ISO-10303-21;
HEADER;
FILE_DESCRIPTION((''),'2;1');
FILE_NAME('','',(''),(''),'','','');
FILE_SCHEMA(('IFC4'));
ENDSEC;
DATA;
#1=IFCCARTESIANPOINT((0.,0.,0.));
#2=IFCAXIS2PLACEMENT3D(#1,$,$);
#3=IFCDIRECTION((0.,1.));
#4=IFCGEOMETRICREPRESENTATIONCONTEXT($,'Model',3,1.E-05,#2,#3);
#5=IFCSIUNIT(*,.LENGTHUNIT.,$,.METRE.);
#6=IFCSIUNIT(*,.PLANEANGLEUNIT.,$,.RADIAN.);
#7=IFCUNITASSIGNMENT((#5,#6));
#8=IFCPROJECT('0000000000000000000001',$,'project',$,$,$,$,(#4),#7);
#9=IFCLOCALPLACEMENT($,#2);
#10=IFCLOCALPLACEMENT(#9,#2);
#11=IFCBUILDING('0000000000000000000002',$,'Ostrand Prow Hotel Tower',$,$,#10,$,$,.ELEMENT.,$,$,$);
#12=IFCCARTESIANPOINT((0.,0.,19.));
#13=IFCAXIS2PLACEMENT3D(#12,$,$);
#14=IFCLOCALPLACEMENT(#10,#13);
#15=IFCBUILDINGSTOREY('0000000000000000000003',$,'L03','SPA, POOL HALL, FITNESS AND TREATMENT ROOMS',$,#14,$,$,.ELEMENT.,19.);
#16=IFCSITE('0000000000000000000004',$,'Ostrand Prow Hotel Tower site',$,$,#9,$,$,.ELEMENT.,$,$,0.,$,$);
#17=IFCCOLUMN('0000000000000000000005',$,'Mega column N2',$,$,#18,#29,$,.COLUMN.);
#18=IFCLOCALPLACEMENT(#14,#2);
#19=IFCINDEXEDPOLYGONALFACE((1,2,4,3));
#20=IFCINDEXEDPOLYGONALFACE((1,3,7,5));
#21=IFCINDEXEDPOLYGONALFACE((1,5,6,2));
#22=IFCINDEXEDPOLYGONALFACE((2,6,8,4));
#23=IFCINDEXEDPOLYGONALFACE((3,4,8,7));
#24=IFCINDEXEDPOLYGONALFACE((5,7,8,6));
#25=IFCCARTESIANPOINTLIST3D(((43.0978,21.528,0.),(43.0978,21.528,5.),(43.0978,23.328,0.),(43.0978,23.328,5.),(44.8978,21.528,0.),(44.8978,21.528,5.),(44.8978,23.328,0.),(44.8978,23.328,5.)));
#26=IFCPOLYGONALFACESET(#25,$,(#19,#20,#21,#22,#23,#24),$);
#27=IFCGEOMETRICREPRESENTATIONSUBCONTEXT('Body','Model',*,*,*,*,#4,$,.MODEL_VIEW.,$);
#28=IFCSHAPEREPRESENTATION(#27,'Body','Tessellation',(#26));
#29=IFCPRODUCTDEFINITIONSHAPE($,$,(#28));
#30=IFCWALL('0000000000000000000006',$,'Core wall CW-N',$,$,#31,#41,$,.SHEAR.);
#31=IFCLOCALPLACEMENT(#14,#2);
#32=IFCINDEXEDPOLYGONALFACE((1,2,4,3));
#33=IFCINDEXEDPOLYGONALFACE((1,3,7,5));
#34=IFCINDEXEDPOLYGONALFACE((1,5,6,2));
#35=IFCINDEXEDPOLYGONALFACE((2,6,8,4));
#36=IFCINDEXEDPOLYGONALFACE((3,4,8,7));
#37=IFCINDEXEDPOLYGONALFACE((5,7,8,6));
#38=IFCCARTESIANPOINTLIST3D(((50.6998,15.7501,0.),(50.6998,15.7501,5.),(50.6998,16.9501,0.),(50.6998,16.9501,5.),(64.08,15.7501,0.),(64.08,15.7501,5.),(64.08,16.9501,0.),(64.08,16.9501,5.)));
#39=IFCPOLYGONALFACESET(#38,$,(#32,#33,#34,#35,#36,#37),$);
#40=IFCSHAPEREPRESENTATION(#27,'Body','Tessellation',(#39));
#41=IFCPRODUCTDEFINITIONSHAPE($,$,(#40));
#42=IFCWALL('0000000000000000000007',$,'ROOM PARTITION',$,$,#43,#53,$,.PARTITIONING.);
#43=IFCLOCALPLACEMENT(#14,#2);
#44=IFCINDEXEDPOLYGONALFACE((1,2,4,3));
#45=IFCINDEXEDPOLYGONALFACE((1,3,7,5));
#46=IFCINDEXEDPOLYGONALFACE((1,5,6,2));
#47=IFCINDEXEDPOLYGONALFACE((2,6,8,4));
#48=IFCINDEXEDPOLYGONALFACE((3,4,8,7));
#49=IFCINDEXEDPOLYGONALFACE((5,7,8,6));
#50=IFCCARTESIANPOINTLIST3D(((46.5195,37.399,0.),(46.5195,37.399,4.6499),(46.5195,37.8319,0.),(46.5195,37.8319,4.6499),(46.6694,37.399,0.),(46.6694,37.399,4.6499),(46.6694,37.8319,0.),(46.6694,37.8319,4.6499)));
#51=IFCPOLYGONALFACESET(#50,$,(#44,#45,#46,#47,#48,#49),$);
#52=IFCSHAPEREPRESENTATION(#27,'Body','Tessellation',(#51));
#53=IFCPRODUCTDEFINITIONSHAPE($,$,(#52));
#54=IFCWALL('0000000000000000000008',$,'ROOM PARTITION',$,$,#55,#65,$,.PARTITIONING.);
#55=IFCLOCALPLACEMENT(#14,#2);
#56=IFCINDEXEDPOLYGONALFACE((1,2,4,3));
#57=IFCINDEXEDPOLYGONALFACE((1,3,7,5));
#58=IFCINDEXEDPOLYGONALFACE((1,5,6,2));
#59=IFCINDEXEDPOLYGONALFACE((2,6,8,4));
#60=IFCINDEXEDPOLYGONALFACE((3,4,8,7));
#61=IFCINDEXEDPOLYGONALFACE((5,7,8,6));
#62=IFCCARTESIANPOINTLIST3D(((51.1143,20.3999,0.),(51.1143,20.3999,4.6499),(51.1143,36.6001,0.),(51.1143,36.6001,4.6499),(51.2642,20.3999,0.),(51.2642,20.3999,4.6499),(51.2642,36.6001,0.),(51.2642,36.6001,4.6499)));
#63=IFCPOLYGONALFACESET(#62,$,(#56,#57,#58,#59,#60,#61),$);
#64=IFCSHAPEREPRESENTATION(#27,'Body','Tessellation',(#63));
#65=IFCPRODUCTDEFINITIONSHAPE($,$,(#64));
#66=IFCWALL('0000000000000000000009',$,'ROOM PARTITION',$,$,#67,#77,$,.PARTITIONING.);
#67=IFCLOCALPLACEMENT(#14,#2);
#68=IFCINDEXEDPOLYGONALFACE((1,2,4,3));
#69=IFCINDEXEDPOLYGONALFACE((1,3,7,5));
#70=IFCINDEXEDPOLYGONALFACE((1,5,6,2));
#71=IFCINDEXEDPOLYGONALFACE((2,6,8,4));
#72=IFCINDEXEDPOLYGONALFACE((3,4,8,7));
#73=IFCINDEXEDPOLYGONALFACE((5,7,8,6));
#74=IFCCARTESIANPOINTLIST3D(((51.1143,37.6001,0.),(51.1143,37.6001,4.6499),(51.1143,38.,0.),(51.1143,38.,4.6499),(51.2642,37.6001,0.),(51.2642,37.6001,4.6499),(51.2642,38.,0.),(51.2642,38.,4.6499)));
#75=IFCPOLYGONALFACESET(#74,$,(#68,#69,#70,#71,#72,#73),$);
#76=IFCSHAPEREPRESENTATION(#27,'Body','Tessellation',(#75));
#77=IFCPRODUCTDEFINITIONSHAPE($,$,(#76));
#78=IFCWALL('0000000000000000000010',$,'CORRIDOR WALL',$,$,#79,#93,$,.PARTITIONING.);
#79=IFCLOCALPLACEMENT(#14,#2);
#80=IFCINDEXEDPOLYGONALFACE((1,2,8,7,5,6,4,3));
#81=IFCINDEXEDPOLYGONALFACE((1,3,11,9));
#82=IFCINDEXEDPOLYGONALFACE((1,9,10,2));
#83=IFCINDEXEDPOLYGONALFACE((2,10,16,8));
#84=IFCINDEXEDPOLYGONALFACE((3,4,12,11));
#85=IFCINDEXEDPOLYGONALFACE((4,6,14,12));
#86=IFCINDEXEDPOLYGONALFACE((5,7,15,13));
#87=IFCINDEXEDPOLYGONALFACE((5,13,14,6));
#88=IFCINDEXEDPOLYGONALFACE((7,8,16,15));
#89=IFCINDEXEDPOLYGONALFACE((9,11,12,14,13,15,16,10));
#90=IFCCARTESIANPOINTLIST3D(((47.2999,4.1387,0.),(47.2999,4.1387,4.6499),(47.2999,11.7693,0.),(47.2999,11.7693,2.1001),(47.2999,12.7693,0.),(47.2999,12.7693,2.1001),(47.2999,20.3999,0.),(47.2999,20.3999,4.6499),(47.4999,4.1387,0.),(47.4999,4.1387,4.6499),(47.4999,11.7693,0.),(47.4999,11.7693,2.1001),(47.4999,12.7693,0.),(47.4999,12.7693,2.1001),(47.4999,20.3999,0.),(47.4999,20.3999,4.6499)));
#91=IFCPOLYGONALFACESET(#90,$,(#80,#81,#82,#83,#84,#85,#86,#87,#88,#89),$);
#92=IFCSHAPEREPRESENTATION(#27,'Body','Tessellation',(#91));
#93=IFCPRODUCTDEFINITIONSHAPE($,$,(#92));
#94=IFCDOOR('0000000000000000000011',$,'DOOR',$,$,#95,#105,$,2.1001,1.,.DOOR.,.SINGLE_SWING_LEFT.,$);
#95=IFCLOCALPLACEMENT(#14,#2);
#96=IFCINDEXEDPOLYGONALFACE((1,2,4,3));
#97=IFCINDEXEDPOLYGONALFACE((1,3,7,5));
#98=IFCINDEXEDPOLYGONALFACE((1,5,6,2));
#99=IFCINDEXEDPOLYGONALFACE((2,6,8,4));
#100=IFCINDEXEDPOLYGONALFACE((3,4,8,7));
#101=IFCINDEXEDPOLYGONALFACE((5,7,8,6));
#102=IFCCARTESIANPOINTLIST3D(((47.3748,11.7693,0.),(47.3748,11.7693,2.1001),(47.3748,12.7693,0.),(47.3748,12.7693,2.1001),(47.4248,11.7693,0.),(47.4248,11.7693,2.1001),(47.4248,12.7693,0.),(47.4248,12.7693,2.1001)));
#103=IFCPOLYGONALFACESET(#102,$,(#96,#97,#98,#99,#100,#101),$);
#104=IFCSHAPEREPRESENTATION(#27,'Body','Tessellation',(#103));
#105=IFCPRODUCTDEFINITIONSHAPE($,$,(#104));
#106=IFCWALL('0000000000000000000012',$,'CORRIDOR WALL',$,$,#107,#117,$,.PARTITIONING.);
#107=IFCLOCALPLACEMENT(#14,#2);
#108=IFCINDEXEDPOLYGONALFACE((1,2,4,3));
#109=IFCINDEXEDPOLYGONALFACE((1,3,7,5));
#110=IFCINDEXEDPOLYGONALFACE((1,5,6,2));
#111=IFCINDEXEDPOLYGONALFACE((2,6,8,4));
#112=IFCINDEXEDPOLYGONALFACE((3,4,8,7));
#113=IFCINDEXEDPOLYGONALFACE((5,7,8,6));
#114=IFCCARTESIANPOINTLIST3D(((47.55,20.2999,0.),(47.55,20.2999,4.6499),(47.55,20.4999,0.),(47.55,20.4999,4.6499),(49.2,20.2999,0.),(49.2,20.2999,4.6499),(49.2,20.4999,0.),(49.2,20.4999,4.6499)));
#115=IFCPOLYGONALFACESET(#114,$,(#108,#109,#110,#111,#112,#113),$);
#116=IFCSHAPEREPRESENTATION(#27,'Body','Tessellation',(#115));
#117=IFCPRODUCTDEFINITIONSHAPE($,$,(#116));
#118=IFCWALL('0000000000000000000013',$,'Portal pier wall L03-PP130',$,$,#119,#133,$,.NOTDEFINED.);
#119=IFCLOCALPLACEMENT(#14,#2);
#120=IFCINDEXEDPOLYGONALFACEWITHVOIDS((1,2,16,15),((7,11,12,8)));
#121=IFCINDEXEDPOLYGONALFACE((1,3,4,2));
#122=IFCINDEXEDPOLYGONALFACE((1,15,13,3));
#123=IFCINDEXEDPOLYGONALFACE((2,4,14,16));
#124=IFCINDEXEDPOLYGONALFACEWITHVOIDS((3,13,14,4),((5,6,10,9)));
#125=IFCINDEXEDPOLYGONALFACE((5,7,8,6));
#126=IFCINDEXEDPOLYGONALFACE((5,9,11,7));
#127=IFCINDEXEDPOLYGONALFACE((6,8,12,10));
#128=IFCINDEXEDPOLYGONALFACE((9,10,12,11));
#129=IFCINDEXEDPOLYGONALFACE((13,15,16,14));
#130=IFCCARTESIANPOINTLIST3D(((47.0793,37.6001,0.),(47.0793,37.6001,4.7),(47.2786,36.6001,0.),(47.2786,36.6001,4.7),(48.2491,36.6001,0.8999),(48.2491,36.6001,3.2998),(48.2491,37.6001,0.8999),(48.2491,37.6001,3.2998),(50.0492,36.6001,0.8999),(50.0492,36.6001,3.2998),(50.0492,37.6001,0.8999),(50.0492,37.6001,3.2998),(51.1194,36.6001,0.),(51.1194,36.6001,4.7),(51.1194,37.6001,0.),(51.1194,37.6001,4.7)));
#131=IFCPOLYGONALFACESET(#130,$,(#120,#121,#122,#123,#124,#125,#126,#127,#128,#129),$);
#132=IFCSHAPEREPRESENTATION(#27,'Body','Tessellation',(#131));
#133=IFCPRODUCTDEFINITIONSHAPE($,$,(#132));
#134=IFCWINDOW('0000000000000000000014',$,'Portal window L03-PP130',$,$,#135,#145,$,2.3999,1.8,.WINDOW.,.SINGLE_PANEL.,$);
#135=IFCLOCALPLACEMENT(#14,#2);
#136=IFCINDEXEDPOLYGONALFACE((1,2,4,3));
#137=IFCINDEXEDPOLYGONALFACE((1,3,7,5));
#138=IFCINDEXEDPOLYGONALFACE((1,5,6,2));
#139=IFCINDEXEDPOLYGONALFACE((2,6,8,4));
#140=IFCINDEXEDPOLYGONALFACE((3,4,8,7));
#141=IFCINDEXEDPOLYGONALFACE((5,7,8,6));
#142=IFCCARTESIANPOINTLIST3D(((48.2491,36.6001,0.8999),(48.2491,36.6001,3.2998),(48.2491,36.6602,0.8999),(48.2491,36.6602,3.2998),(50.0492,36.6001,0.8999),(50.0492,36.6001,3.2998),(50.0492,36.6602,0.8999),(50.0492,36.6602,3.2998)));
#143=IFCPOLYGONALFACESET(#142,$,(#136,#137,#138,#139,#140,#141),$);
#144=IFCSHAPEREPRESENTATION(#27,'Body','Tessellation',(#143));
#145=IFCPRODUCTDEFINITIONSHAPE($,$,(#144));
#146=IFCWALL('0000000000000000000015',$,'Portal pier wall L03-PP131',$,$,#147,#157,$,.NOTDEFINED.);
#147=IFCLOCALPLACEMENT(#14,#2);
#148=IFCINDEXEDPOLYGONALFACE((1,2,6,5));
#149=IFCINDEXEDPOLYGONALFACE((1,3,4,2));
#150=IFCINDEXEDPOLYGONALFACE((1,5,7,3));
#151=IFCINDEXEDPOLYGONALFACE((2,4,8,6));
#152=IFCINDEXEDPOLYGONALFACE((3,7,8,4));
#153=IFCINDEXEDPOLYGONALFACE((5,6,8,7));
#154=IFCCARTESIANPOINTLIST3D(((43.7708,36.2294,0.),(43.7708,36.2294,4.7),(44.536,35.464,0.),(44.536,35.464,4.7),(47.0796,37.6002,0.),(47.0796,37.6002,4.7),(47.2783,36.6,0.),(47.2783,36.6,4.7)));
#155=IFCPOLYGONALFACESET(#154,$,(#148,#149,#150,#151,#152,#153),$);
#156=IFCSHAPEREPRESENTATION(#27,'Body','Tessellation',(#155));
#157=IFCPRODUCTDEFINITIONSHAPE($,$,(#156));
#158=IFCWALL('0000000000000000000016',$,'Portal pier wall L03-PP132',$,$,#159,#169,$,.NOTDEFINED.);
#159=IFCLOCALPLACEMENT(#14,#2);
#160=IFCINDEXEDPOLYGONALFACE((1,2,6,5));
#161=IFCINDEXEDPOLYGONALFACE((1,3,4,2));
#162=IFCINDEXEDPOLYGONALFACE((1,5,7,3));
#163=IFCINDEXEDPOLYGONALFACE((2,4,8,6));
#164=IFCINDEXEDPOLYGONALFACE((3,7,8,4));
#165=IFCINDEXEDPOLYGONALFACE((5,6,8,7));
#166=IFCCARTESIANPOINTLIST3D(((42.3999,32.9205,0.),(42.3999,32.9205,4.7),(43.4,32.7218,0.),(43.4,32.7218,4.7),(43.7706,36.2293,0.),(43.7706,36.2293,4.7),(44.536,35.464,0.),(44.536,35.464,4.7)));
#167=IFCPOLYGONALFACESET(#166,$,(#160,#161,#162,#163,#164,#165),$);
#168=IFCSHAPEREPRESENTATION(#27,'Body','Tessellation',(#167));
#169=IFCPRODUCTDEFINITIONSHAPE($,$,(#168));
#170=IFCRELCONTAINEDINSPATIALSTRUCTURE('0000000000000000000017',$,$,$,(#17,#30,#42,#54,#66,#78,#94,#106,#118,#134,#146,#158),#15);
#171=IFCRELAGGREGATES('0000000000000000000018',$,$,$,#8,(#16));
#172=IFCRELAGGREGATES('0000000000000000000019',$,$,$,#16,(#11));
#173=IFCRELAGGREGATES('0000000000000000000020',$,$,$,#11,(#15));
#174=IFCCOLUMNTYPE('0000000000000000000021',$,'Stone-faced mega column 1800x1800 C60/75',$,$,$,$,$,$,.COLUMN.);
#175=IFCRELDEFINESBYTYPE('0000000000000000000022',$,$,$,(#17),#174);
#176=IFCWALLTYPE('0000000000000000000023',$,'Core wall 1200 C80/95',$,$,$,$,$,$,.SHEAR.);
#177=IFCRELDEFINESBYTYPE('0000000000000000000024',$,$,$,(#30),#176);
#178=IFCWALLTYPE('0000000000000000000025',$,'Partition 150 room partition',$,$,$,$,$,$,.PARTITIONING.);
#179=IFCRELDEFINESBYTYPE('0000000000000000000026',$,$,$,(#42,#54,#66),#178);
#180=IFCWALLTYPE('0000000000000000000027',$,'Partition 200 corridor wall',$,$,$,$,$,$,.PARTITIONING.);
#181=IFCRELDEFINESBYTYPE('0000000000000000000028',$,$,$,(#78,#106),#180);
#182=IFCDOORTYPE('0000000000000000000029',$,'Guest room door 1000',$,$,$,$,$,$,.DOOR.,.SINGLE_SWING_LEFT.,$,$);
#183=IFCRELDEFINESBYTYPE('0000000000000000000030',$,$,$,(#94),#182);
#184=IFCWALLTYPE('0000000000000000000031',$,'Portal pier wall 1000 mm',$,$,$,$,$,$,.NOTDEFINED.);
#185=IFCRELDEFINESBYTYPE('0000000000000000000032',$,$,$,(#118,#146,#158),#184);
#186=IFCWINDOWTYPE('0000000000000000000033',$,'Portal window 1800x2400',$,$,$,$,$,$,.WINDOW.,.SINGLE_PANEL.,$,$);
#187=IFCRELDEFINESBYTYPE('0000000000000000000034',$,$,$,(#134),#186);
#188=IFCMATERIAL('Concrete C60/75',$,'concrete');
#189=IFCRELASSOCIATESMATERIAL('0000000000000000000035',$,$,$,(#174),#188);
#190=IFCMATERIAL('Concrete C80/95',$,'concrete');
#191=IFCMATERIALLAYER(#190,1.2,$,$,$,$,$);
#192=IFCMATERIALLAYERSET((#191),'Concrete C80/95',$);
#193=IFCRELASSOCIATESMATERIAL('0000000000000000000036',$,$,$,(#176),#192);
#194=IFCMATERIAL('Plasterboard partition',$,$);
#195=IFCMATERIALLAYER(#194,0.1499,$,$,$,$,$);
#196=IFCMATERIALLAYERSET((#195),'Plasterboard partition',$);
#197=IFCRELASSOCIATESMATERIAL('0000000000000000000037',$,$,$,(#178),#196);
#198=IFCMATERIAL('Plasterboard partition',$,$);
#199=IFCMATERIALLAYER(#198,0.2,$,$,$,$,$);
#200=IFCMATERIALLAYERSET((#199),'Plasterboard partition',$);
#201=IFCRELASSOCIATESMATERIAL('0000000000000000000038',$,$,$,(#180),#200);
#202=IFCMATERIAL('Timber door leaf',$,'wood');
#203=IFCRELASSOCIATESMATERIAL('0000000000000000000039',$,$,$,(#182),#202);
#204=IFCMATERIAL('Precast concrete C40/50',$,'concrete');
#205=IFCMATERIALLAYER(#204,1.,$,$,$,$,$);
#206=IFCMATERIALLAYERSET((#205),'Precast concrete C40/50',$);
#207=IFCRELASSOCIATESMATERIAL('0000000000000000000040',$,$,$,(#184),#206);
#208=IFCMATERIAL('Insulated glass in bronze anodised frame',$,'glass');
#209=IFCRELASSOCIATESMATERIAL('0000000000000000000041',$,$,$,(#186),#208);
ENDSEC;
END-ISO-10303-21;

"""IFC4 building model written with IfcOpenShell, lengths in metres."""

from ifc_helpers import new_model, si_unit, direction, frame, frame_2d, origin, origin_2d, place, context, subcontext, project, spatial, polyline, rectangle, outline, extrude, material, layer, layer_set, material_profile, profile_set, type_object, element, fill, save


model = new_model("IFC4")

# Units and contexts
model_context = context("Model", 3, precision=1e-05, world=origin(), true_north=direction((0.0, 1.0)))
body_context = subcontext(model_context, "Body", "Model", "MODEL_VIEW")
ifc_project = project(units=[si_unit("LENGTHUNIT", "METRE"), si_unit("PLANEANGLEUNIT", "RADIAN")], contexts=[model_context])

# Site, building, storey
site_placement = place(None, origin())
site = spatial("IfcSite", under=ifc_project, at=site_placement, Name="Ostrand Prow Hotel Tower site", CompositionType="ELEMENT", RefElevation=0.0)
building_placement = place(site_placement, origin())
building = spatial("IfcBuilding", under=site, at=building_placement, Name="Ostrand Prow Hotel Tower", CompositionType="ELEMENT")
storey_placement = place(building_placement, frame((0.0, 0.0, 19.0)))
storey = spatial("IfcBuildingStorey", under=building, at=storey_placement, Name="L03", Description="SPA, POOL HALL, FITNESS AND TREATMENT ROOMS", CompositionType="ELEMENT", Elevation=19.0)

# Column
ifc_material_1 = material(Name="Concrete C60/75", Category="concrete")
ifc_material_profile = material_profile(ifc_material_1, rectangle(XDim=1.8, YDim=1.8, at=origin_2d()), Name="RC 1800x1800")
ifc_profile_set = profile_set([ifc_material_profile], Name="Concrete C60/75")
column_type = type_object("IfcColumnType", Name="Stone-faced mega column 1800x1800 C60/75", PredefinedType="COLUMN", material=ifc_profile_set)
column_placement = place(storey_placement, frame((43.9978, 22.428, 0.0), z_axis=(0.0, 0.0, 1.0), x_axis=(1.0, 0.0, 0.0)))
element("IfcColumn", 1, at=column_placement, inside=storey, type_object=column_type, Name="Mega column N2", PredefinedType="COLUMN", context=body_context, shape_type="SweptSolid", body=[
    extrude(rectangle(XDim=1.8, YDim=1.8, at=origin_2d()), origin(), (0.0, 0.0, 1.0), 5.0),
])

# Walls
ifc_material_2 = material(Name="Concrete C80/95", Category="concrete")
ifc_layer_1 = layer(ifc_material_2, 1.2)
ifc_layer_set_1 = layer_set([ifc_layer_1], Name="Concrete C80/95")
wall_type_1 = type_object("IfcWallType", Name="Core wall 1200 C80/95", PredefinedType="SHEAR", material=ifc_layer_set_1)
wall_1_placement = place(storey_placement, frame((50.7, 16.3501, 0.0), z_axis=(0.0, 0.0, 1.0), x_axis=(1.0, 0.0, 0.0)))
element("IfcWall", 2, at=wall_1_placement, inside=storey, type_object=wall_type_1, Name="Core wall CW-N", PredefinedType="SHEAR", context=body_context, shape_type="SweptSolid", body=[
    extrude(rectangle(XDim=13.3801, YDim=1.2, at=frame_2d((6.6899, 0.0))), origin(), (0.0, 0.0, 1.0), 5.0),
])
ifc_material_3 = material(Name="Plasterboard partition")
ifc_layer_2 = layer(ifc_material_3, 0.1499)
ifc_layer_set_2 = layer_set([ifc_layer_2], Name="Plasterboard partition")
wall_type_2 = type_object("IfcWallType", Name="Partition 150 room partition", PredefinedType="PARTITIONING", material=ifc_layer_set_2)
wall_2_placement = place(storey_placement, frame((46.5945, 37.3992, 0.0), z_axis=(0.0, 0.0, 1.0), x_axis=(0.0, 1.0, 0.0)))
element("IfcWall", 3, at=wall_2_placement, inside=storey, type_object=wall_type_2, Name="ROOM PARTITION", PredefinedType="PARTITIONING", context=body_context, shape_type="SweptSolid", body=[
    extrude(rectangle(XDim=0.4329, YDim=0.1499, at=frame_2d((0.2163, 0.0))), origin(), (0.0, 0.0, 1.0), 4.6499),
])
wall_3_placement = place(storey_placement, frame((51.1892, 20.3999, 0.0), z_axis=(0.0, 0.0, 1.0), x_axis=(0.0, 1.0, 0.0)))
element("IfcWall", 4, at=wall_3_placement, inside=storey, type_object=wall_type_2, Name="ROOM PARTITION", PredefinedType="PARTITIONING", context=body_context, shape_type="SweptSolid", body=[
    extrude(rectangle(XDim=16.2002, YDim=0.1499, at=frame_2d((8.1001, 0.0))), origin(), (0.0, 0.0, 1.0), 4.6499),
])
wall_4_placement = place(storey_placement, frame((51.1892, 37.6001, 0.0), z_axis=(0.0, 0.0, 1.0), x_axis=(0.0, 1.0, 0.0)))
element("IfcWall", 5, at=wall_4_placement, inside=storey, type_object=wall_type_2, Name="ROOM PARTITION", PredefinedType="PARTITIONING", context=body_context, shape_type="SweptSolid", body=[
    extrude(rectangle(XDim=0.3999, YDim=0.1499, at=frame_2d((0.2, 0.0))), origin(), (0.0, 0.0, 1.0), 4.6499),
])

# Wall, opening, door
ifc_material_4 = material(Name="Plasterboard partition")
ifc_layer_3 = layer(ifc_material_4, 0.2)
ifc_layer_set_3 = layer_set([ifc_layer_3], Name="Plasterboard partition")
wall_type_3 = type_object("IfcWallType", Name="Partition 200 corridor wall", PredefinedType="PARTITIONING", material=ifc_layer_set_3)
wall_5_placement = place(storey_placement, frame((47.3999, 20.3999, 0.0), z_axis=(0.0, 0.0, 1.0), x_axis=(0.0, -1.0, 0.0)))
wall_5 = element("IfcWall", 6, at=wall_5_placement, inside=storey, type_object=wall_type_3, Name="CORRIDOR WALL", PredefinedType="PARTITIONING", context=body_context, shape_type="SweptSolid", body=[
    extrude(rectangle(XDim=16.2612, YDim=0.2, at=frame_2d((8.1306, 0.0))), origin(), (0.0, 0.0, 1.0), 4.6499),
])
opening_1_placement = place(wall_5_placement, frame((7.6306, 0.0, 0.0)))
opening_1 = element("IfcOpeningElement", 7, at=opening_1_placement, cuts=wall_5, PredefinedType="OPENING", context=body_context, shape_type="SweptSolid", body=[
    extrude(rectangle(XDim=1.0, YDim=2.1001, at=frame_2d((0.5, 1.05))), frame((0.0, 0.1099, 0.0), z_axis=(0.0, -1.0, 0.0), x_axis=(1.0, 0.0, 0.0)), (0.0, 0.0, 1.0), 0.22),
])
ifc_material_5 = material(Name="Timber door leaf", Category="wood")
door_type = type_object("IfcDoorType", Name="Guest room door 1000", OperationType="SINGLE_SWING_LEFT", PredefinedType="DOOR", material=ifc_material_5)
door_placement = place(opening_1_placement, origin())
door = element("IfcDoor", 8, at=door_placement, inside=storey, type_object=door_type, Name="DOOR", OperationType="SINGLE_SWING_LEFT", OverallHeight=2.1001, OverallWidth=1.0, PredefinedType="DOOR", context=body_context, shape_type="SweptSolid", body=[
    extrude(rectangle(XDim=1.0, YDim=2.1001, at=frame_2d((0.5, 1.05))), frame((0.0, 0.0249, 0.0), z_axis=(0.0, -1.0, 0.0), x_axis=(1.0, 0.0, 0.0)), (0.0, 0.0, 1.0), 0.05),
])
fill(opening_1, door)

# Wall
wall_6_placement = place(storey_placement, frame((47.55, 20.3999, 0.0), z_axis=(0.0, 0.0, 1.0), x_axis=(1.0, 0.0, 0.0)))
element("IfcWall", 9, at=wall_6_placement, inside=storey, type_object=wall_type_3, Name="CORRIDOR WALL", PredefinedType="PARTITIONING", context=body_context, shape_type="SweptSolid", body=[
    extrude(rectangle(XDim=1.6499, YDim=0.2, at=frame_2d((0.825, 0.0))), origin(), (0.0, 0.0, 1.0), 4.6499),
])

# Wall, opening, window
ifc_material_6 = material(Name="Precast concrete C40/50", Category="concrete")
ifc_layer_4 = layer(ifc_material_6, 1.0)
ifc_layer_set_4 = layer_set([ifc_layer_4], Name="Precast concrete C40/50")
wall_type_4 = type_object("IfcWallType", Name="Portal pier wall 1000 mm", PredefinedType="NOTDEFINED", material=ifc_layer_set_4)
wall_7_placement = place(storey_placement, frame((51.1194, 37.1001, 0.0), z_axis=(0.0, 0.0, 1.0), x_axis=(-1.0, 0.0, 0.0)))
wall_7 = element("IfcWall", 10, at=wall_7_placement, inside=storey, type_object=wall_type_4, Name="Portal pier wall L03-PP130", PredefinedType="NOTDEFINED", context=body_context, shape_type="SweptSolid", body=[
    extrude(outline(polyline([(0.0, -0.5), (4.04, -0.5), (3.8408, 0.5), (0.0, 0.5), (0.0, -0.5)])), origin(), (0.0, 0.0, 1.0), 4.7),
])
opening_2_placement = place(wall_7_placement, frame((1.0703, 0.0, 0.8999)))
opening_2 = element("IfcOpeningElement", 11, at=opening_2_placement, cuts=wall_7, PredefinedType="OPENING", context=body_context, shape_type="SweptSolid", body=[
    extrude(rectangle(XDim=1.8, YDim=2.3999, at=frame_2d((0.8999, 1.2))), frame((0.0, 0.51, 0.0), z_axis=(0.0, -1.0, 0.0), x_axis=(1.0, 0.0, 0.0)), (0.0, 0.0, 1.0), 1.02),
])
ifc_material_7 = material(Name="Insulated glass in bronze anodised frame", Category="glass")
window_type = type_object("IfcWindowType", Name="Portal window 1800x2400", PartitioningType="SINGLE_PANEL", PredefinedType="WINDOW", material=ifc_material_7)
window_1_placement = place(opening_2_placement, origin())
window_1 = element("IfcWindow", 12, at=window_1_placement, inside=storey, type_object=window_type, Name="Portal window L03-PP130", OverallHeight=2.3999, OverallWidth=1.8, PartitioningType="SINGLE_PANEL", PredefinedType="WINDOW", context=body_context, shape_type="SweptSolid", body=[
    extrude(rectangle(XDim=1.8, YDim=2.3999, at=frame_2d((0.8999, 1.2))), frame((0.0, 0.5, 0.0), z_axis=(0.0, -1.0, 0.0), x_axis=(1.0, 0.0, 0.0)), (0.0, 0.0, 1.0), 0.0601),
])
fill(opening_2, window_1)

# Walls
wall_8_placement = place(storey_placement, frame((47.179, 37.1001, 0.0), z_axis=(0.0, 0.0, 1.0), x_axis=(-0.923862, -0.382725, 0.0)))
element("IfcWall", 13, at=wall_8_placement, inside=storey, type_object=wall_type_4, Name="Portal pier wall L03-PP131", PredefinedType="NOTDEFINED", context=body_context, shape_type="SweptSolid", body=[
    extrude(outline(polyline([(-0.0996, -0.5), (3.4819, -0.5), (3.0679, 0.5), (0.0996, 0.5), (-0.0996, -0.5)])), origin(), (0.0, 0.0, 1.0), 4.7),
])
wall_9_placement = place(storey_placement, frame((44.1533, 35.8467, 0.0), z_axis=(0.0, 0.0, 1.0), x_axis=(-0.382725, -0.923862, 0.0)))
element("IfcWall", 14, at=wall_9_placement, inside=storey, type_object=wall_type_4, Name="Portal pier wall L03-PP132", PredefinedType="NOTDEFINED", context=body_context, shape_type="SweptSolid", body=[
    extrude(outline(polyline([(-0.207, -0.5), (3.3745, -0.5), (3.1753, 0.5), (0.207, 0.5), (-0.207, -0.5)])), origin(), (0.0, 0.0, 1.0), 4.7),
])

save(model, "model.ifc")
